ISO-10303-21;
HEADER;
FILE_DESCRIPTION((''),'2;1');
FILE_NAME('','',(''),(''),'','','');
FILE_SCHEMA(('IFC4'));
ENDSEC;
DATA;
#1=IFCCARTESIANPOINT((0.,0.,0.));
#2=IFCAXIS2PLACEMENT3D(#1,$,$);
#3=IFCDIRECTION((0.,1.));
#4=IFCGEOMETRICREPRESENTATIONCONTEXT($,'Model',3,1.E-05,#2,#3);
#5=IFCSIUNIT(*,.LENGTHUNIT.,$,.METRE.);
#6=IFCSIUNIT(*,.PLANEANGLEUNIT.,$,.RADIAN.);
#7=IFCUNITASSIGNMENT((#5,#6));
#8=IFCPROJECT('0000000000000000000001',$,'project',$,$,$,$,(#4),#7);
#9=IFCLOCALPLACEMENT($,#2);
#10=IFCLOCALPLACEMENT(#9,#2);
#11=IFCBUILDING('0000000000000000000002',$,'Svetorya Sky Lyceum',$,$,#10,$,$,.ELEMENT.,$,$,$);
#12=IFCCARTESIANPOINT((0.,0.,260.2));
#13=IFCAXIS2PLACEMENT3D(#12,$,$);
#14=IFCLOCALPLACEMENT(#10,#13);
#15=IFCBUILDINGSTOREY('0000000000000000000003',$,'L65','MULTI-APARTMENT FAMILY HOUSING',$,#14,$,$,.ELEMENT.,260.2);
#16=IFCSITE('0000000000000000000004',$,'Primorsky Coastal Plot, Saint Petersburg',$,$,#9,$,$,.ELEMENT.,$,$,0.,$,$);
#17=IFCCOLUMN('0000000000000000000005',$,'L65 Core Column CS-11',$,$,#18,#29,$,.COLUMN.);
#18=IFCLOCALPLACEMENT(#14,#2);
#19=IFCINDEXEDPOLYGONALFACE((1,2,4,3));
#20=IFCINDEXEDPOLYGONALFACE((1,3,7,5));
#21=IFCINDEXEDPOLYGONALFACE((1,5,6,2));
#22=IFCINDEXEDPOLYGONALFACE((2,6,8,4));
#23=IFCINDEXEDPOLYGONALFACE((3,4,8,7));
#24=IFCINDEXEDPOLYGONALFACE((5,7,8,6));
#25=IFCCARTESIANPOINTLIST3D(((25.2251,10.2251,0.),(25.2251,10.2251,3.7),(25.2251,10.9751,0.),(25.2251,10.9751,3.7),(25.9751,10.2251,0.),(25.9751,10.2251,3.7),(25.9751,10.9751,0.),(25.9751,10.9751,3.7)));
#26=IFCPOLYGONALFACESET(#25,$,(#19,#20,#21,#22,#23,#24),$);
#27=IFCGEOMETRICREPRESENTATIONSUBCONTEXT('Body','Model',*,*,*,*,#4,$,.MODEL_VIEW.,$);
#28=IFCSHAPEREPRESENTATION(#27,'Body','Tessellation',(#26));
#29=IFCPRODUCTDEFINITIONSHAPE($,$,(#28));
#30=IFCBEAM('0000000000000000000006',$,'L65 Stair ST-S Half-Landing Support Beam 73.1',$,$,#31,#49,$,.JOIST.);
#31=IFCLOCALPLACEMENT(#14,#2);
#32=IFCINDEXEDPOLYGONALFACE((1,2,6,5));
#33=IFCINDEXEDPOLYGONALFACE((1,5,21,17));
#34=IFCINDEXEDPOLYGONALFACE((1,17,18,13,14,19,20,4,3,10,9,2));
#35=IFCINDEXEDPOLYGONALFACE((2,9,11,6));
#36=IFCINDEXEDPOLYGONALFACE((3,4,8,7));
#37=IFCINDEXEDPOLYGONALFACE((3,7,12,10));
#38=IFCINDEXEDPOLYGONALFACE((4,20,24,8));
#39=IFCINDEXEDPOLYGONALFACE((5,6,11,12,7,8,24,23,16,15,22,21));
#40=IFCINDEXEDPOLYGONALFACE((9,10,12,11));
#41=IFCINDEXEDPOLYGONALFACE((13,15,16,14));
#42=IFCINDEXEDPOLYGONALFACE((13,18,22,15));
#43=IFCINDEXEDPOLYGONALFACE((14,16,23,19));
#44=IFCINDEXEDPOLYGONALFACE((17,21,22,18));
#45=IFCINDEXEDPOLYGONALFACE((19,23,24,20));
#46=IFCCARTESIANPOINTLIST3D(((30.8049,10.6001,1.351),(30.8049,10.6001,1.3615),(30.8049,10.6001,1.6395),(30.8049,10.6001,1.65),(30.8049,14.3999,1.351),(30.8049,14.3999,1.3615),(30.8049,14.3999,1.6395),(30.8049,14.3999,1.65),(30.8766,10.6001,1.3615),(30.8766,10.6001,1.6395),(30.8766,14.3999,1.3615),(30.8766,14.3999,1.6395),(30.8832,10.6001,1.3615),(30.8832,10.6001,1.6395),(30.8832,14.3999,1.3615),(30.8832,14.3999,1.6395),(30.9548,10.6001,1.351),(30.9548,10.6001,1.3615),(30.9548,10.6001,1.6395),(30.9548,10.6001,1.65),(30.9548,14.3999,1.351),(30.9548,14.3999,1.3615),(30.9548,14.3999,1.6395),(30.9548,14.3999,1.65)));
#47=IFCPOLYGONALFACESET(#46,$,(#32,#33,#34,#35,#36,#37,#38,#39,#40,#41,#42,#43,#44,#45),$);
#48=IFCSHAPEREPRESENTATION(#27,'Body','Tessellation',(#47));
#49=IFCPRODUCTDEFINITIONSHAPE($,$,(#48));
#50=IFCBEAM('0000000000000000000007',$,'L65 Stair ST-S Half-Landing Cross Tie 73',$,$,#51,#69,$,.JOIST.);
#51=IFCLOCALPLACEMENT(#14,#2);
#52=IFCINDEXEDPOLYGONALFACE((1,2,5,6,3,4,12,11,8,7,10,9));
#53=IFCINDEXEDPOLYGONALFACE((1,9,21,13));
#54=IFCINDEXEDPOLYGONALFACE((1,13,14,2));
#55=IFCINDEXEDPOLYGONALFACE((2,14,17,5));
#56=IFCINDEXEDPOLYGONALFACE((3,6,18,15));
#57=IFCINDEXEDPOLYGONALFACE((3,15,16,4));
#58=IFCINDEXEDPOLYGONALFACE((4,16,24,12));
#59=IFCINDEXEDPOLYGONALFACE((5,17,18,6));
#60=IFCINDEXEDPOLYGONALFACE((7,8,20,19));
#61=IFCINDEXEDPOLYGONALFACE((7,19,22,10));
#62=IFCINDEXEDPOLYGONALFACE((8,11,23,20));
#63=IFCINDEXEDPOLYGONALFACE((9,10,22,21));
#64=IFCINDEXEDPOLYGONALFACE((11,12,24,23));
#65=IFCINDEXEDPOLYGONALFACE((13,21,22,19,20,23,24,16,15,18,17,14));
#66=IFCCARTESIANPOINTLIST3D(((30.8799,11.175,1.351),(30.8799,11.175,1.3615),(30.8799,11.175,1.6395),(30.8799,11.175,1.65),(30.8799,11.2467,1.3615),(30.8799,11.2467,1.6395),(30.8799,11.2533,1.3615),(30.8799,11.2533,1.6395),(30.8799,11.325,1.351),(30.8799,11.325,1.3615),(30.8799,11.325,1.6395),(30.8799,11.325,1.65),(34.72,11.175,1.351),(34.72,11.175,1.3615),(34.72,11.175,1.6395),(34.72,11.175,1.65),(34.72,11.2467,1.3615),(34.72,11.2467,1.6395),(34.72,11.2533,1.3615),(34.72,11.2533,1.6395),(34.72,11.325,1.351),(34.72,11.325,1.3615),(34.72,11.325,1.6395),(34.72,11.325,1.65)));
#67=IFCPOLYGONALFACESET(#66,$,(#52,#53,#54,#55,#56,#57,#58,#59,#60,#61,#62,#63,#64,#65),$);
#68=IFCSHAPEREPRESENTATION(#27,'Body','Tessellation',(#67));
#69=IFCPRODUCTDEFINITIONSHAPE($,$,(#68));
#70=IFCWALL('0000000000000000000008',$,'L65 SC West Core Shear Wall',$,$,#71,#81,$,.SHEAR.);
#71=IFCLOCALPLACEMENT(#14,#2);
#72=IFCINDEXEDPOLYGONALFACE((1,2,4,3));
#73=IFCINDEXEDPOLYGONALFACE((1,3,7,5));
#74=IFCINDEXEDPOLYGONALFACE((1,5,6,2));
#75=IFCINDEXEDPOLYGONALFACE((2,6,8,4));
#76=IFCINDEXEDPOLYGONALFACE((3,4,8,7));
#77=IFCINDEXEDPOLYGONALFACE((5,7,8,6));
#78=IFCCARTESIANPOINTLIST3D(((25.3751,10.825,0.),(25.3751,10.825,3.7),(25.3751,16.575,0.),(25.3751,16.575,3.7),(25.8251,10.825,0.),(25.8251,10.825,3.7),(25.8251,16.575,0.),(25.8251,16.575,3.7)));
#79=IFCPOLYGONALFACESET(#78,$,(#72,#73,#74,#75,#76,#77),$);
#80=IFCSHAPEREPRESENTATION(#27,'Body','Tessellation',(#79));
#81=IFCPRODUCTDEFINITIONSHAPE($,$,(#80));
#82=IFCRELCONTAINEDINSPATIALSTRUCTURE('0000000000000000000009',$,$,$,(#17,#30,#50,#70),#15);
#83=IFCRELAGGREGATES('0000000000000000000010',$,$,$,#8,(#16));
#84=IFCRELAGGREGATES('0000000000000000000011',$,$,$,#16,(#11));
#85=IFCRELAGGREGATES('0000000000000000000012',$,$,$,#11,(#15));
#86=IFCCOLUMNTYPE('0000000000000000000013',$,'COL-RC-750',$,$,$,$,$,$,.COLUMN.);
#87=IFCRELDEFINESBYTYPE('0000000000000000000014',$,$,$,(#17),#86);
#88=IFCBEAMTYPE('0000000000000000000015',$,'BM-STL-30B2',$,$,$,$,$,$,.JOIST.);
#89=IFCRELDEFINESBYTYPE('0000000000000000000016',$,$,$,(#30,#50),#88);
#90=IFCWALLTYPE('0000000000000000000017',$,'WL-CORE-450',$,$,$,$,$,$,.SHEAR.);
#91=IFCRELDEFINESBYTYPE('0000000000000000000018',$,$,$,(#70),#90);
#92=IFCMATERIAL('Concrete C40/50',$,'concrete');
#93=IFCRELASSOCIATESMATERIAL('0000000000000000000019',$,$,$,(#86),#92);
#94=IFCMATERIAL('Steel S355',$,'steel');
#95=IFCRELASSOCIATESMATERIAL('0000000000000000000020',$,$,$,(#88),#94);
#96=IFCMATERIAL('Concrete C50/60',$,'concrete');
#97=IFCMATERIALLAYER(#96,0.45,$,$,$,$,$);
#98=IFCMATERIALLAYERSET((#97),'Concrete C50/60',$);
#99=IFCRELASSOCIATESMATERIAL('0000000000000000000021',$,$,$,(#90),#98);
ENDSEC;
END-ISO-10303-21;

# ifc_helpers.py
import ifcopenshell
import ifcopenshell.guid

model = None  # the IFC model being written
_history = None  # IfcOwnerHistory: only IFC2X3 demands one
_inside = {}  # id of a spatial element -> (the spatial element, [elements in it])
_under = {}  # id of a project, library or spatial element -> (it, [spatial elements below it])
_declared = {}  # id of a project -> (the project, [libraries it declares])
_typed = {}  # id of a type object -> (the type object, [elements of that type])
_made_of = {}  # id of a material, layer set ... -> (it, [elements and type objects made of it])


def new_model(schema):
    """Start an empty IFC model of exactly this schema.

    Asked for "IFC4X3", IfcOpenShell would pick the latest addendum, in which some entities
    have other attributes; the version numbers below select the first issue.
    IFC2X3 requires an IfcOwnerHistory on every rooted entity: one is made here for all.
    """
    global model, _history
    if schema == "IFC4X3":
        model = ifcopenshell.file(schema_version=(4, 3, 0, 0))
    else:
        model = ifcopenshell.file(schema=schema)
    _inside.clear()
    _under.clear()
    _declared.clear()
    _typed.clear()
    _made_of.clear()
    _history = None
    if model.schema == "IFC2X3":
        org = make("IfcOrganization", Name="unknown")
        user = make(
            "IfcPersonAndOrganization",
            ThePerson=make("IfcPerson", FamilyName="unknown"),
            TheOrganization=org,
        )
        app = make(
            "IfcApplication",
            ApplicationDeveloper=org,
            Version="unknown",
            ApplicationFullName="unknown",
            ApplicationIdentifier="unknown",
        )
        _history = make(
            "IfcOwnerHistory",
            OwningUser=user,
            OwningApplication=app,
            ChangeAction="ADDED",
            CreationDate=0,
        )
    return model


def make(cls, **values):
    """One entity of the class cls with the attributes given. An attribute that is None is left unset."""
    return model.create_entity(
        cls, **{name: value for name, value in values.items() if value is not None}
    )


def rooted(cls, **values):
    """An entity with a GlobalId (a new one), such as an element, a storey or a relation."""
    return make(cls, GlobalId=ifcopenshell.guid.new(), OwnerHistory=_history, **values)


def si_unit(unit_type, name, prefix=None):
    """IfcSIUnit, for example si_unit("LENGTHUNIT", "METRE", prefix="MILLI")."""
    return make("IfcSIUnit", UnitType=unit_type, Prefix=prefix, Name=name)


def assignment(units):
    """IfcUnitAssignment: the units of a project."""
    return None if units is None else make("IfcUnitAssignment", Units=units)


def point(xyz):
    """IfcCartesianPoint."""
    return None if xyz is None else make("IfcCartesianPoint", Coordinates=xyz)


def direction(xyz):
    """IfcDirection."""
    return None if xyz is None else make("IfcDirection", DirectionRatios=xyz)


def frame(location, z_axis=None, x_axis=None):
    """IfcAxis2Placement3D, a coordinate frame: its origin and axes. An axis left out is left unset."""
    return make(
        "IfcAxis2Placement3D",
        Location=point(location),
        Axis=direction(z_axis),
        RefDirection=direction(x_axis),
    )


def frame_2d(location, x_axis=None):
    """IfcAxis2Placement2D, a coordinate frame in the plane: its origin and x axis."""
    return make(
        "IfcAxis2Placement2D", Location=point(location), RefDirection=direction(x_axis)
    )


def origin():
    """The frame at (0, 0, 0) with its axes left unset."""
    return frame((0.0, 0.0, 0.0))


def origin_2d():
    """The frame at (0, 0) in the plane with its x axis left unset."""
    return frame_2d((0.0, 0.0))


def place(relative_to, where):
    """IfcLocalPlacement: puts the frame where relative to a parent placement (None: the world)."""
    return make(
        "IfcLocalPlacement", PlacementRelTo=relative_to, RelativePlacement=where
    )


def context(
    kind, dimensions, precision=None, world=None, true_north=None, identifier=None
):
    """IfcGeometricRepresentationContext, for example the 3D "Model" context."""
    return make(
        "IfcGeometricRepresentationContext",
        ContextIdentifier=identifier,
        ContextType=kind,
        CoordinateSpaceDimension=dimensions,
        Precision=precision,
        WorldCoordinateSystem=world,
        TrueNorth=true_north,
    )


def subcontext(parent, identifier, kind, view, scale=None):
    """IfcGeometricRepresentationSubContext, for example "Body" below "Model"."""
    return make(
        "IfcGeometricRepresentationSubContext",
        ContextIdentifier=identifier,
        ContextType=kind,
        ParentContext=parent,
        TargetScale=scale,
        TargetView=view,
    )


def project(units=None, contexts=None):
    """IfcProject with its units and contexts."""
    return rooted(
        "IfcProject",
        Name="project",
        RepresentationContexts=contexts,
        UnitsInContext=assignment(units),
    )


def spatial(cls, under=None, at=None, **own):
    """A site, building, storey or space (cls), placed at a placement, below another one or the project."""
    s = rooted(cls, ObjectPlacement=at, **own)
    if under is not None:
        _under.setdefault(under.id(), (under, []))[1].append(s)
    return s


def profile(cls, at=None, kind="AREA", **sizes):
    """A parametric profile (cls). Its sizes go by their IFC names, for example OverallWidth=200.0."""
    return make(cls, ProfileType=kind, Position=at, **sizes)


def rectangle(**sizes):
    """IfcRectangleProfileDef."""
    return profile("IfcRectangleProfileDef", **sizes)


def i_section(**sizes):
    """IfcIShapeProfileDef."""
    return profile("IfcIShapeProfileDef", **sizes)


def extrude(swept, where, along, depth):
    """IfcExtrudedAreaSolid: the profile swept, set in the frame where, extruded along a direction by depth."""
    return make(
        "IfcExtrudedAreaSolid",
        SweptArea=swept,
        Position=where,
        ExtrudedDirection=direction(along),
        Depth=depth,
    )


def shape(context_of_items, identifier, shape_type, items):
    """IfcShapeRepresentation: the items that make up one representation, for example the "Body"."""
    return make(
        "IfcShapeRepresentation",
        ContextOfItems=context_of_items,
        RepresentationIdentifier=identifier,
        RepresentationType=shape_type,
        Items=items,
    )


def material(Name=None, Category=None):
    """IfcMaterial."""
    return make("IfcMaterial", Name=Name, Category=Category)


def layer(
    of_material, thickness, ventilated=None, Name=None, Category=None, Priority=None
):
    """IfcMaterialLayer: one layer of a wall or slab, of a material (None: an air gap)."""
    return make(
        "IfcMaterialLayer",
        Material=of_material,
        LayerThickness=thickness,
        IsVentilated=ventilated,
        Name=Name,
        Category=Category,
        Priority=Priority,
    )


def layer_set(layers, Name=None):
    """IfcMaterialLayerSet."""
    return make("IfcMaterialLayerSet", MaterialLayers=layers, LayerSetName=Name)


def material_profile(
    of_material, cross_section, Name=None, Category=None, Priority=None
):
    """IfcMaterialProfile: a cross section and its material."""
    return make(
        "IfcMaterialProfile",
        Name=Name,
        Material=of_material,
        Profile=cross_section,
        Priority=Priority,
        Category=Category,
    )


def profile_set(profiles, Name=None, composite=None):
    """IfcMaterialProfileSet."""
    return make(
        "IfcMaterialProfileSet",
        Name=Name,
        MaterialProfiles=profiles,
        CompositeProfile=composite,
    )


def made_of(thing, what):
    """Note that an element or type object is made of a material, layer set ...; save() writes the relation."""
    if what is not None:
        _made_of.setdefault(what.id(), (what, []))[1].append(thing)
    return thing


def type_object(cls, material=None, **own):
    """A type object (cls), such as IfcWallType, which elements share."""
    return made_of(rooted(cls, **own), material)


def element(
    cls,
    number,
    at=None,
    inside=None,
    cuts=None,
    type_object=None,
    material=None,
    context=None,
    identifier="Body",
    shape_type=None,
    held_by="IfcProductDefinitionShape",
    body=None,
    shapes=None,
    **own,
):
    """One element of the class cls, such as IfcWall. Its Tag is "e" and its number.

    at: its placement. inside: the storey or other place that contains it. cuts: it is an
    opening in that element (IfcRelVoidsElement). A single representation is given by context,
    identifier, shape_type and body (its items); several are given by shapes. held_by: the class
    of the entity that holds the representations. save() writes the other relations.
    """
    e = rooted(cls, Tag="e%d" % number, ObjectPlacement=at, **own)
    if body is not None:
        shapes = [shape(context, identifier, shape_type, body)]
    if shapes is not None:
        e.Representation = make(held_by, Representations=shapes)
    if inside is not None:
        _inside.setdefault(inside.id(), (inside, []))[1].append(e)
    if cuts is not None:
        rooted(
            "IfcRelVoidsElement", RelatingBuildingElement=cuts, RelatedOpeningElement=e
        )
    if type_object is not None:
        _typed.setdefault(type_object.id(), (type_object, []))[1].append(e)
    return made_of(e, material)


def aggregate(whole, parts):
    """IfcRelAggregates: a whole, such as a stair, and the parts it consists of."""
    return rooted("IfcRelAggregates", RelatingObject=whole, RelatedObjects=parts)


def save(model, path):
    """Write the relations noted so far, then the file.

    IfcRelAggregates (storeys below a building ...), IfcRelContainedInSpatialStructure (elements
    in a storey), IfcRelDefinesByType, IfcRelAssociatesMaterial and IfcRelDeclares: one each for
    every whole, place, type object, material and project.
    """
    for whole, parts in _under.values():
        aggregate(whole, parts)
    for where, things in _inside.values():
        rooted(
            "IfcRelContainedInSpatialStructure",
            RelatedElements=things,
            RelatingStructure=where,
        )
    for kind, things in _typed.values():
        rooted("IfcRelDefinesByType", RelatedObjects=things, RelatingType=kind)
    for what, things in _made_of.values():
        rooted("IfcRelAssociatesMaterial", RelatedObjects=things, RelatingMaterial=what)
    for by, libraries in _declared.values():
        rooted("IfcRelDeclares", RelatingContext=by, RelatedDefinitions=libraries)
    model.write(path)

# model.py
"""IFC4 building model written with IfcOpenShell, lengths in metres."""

from ifc_helpers import new_model, si_unit, direction, frame, frame_2d, origin, origin_2d, place, context, subcontext, project, spatial, rectangle, i_section, extrude, material, layer, layer_set, material_profile, profile_set, type_object, element, save


model = new_model("IFC4")

# Units and contexts
model_context = context("Model", 3, precision=1e-05, world=origin(), true_north=direction((0.0, 1.0)))
body_context = subcontext(model_context, "Body", "Model", "MODEL_VIEW")
ifc_project = project(units=[si_unit("LENGTHUNIT", "METRE"), si_unit("PLANEANGLEUNIT", "RADIAN")], contexts=[model_context])

# Site, building, storey
site_placement = place(None, origin())
site = spatial("IfcSite", under=ifc_project, at=site_placement, Name="Primorsky Coastal Plot, Saint Petersburg", CompositionType="ELEMENT", RefElevation=0.0)
building_placement = place(site_placement, origin())
building = spatial("IfcBuilding", under=site, at=building_placement, Name="Svetorya Sky Lyceum", CompositionType="ELEMENT")
storey_placement = place(building_placement, frame((0.0, 0.0, 260.2)))
storey = spatial("IfcBuildingStorey", under=building, at=storey_placement, Name="L65", Description="MULTI-APARTMENT FAMILY HOUSING", CompositionType="ELEMENT", Elevation=260.2)

# Column
ifc_material_1 = material(Name="Concrete C40/50", Category="concrete")
ifc_material_profile_1 = material_profile(ifc_material_1, rectangle(XDim=0.75, YDim=0.75, at=origin_2d()), Name="RC COL 750x750")
ifc_profile_set_1 = profile_set([ifc_material_profile_1], Name="Concrete C40/50")
column_type = type_object("IfcColumnType", Name="COL-RC-750", PredefinedType="COLUMN", material=ifc_profile_set_1)
column_placement = place(storey_placement, frame((25.6001, 10.6001, 0.0), z_axis=(0.0, 0.0, 1.0), x_axis=(1.0, 0.0, 0.0)))
element("IfcColumn", 1, at=column_placement, inside=storey, type_object=column_type, Name="L65 Core Column CS-11", PredefinedType="COLUMN", context=body_context, shape_type="SweptSolid", body=[
    extrude(rectangle(XDim=0.75, YDim=0.75, at=origin_2d()), origin(), (0.0, 0.0, 1.0), 3.7),
])

# Beams
ifc_material_2 = material(Name="Steel S355", Category="steel")
ifc_material_profile_2 = material_profile(ifc_material_2, i_section(OverallWidth=0.1499, OverallDepth=0.2991, WebThickness=0.0066, FlangeThickness=0.0105, at=origin_2d()), Name="GOST 30B2")
ifc_profile_set_2 = profile_set([ifc_material_profile_2], Name="Steel S355")
beam_type = type_object("IfcBeamType", Name="BM-STL-30B2", PredefinedType="JOIST", material=ifc_profile_set_2)
beam_1_placement = place(storey_placement, frame((30.8799, 10.6001, 1.5005), z_axis=(0.0, 1.0, 0.0), x_axis=(-1.0, 0.0, 0.0)))
element("IfcBeam", 2, at=beam_1_placement, inside=storey, type_object=beam_type, Name="L65 Stair ST-S Half-Landing Support Beam 73.1", PredefinedType="JOIST", context=body_context, shape_type="SweptSolid", body=[
    extrude(i_section(OverallWidth=0.1499, OverallDepth=0.2991, WebThickness=0.0066, FlangeThickness=0.0105, at=origin_2d()), origin(), (0.0, 0.0, 1.0), 3.7998),
])
beam_2_placement = place(storey_placement, frame((30.8799, 11.25, 1.5005), z_axis=(1.0, 0.0, 0.0), x_axis=(0.0, 1.0, 0.0)))
element("IfcBeam", 3, at=beam_2_placement, inside=storey, type_object=beam_type, Name="L65 Stair ST-S Half-Landing Cross Tie 73", PredefinedType="JOIST", context=body_context, shape_type="SweptSolid", body=[
    extrude(i_section(OverallWidth=0.1499, OverallDepth=0.2991, WebThickness=0.0066, FlangeThickness=0.0105, at=origin_2d()), origin(), (0.0, 0.0, 1.0), 3.8401),
])

# Wall
ifc_material_3 = material(Name="Concrete C50/60", Category="concrete")
ifc_layer_1 = layer(ifc_material_3, 0.45)
ifc_layer_set_1 = layer_set([ifc_layer_1], Name="Concrete C50/60")
wall_type_1 = type_object("IfcWallType", Name="WL-CORE-450", PredefinedType="SHEAR", material=ifc_layer_set_1)
wall_1_placement = place(storey_placement, frame((25.6001, 10.825, 0.0), z_axis=(0.0, 0.0, 1.0), x_axis=(0.0, 1.0, 0.0)))
element("IfcWall", 4, at=wall_1_placement, inside=storey, type_object=wall_type_1, Name="L65 SC West Core Shear Wall", PredefinedType="SHEAR", context=body_context, shape_type="SweptSolid", body=[
    extrude(rectangle(XDim=5.75, YDim=0.45, at=frame_2d((2.875, 0.0))), origin(), (0.0, 0.0, 1.0), 3.7),
])

save(model, "model.ifc")
